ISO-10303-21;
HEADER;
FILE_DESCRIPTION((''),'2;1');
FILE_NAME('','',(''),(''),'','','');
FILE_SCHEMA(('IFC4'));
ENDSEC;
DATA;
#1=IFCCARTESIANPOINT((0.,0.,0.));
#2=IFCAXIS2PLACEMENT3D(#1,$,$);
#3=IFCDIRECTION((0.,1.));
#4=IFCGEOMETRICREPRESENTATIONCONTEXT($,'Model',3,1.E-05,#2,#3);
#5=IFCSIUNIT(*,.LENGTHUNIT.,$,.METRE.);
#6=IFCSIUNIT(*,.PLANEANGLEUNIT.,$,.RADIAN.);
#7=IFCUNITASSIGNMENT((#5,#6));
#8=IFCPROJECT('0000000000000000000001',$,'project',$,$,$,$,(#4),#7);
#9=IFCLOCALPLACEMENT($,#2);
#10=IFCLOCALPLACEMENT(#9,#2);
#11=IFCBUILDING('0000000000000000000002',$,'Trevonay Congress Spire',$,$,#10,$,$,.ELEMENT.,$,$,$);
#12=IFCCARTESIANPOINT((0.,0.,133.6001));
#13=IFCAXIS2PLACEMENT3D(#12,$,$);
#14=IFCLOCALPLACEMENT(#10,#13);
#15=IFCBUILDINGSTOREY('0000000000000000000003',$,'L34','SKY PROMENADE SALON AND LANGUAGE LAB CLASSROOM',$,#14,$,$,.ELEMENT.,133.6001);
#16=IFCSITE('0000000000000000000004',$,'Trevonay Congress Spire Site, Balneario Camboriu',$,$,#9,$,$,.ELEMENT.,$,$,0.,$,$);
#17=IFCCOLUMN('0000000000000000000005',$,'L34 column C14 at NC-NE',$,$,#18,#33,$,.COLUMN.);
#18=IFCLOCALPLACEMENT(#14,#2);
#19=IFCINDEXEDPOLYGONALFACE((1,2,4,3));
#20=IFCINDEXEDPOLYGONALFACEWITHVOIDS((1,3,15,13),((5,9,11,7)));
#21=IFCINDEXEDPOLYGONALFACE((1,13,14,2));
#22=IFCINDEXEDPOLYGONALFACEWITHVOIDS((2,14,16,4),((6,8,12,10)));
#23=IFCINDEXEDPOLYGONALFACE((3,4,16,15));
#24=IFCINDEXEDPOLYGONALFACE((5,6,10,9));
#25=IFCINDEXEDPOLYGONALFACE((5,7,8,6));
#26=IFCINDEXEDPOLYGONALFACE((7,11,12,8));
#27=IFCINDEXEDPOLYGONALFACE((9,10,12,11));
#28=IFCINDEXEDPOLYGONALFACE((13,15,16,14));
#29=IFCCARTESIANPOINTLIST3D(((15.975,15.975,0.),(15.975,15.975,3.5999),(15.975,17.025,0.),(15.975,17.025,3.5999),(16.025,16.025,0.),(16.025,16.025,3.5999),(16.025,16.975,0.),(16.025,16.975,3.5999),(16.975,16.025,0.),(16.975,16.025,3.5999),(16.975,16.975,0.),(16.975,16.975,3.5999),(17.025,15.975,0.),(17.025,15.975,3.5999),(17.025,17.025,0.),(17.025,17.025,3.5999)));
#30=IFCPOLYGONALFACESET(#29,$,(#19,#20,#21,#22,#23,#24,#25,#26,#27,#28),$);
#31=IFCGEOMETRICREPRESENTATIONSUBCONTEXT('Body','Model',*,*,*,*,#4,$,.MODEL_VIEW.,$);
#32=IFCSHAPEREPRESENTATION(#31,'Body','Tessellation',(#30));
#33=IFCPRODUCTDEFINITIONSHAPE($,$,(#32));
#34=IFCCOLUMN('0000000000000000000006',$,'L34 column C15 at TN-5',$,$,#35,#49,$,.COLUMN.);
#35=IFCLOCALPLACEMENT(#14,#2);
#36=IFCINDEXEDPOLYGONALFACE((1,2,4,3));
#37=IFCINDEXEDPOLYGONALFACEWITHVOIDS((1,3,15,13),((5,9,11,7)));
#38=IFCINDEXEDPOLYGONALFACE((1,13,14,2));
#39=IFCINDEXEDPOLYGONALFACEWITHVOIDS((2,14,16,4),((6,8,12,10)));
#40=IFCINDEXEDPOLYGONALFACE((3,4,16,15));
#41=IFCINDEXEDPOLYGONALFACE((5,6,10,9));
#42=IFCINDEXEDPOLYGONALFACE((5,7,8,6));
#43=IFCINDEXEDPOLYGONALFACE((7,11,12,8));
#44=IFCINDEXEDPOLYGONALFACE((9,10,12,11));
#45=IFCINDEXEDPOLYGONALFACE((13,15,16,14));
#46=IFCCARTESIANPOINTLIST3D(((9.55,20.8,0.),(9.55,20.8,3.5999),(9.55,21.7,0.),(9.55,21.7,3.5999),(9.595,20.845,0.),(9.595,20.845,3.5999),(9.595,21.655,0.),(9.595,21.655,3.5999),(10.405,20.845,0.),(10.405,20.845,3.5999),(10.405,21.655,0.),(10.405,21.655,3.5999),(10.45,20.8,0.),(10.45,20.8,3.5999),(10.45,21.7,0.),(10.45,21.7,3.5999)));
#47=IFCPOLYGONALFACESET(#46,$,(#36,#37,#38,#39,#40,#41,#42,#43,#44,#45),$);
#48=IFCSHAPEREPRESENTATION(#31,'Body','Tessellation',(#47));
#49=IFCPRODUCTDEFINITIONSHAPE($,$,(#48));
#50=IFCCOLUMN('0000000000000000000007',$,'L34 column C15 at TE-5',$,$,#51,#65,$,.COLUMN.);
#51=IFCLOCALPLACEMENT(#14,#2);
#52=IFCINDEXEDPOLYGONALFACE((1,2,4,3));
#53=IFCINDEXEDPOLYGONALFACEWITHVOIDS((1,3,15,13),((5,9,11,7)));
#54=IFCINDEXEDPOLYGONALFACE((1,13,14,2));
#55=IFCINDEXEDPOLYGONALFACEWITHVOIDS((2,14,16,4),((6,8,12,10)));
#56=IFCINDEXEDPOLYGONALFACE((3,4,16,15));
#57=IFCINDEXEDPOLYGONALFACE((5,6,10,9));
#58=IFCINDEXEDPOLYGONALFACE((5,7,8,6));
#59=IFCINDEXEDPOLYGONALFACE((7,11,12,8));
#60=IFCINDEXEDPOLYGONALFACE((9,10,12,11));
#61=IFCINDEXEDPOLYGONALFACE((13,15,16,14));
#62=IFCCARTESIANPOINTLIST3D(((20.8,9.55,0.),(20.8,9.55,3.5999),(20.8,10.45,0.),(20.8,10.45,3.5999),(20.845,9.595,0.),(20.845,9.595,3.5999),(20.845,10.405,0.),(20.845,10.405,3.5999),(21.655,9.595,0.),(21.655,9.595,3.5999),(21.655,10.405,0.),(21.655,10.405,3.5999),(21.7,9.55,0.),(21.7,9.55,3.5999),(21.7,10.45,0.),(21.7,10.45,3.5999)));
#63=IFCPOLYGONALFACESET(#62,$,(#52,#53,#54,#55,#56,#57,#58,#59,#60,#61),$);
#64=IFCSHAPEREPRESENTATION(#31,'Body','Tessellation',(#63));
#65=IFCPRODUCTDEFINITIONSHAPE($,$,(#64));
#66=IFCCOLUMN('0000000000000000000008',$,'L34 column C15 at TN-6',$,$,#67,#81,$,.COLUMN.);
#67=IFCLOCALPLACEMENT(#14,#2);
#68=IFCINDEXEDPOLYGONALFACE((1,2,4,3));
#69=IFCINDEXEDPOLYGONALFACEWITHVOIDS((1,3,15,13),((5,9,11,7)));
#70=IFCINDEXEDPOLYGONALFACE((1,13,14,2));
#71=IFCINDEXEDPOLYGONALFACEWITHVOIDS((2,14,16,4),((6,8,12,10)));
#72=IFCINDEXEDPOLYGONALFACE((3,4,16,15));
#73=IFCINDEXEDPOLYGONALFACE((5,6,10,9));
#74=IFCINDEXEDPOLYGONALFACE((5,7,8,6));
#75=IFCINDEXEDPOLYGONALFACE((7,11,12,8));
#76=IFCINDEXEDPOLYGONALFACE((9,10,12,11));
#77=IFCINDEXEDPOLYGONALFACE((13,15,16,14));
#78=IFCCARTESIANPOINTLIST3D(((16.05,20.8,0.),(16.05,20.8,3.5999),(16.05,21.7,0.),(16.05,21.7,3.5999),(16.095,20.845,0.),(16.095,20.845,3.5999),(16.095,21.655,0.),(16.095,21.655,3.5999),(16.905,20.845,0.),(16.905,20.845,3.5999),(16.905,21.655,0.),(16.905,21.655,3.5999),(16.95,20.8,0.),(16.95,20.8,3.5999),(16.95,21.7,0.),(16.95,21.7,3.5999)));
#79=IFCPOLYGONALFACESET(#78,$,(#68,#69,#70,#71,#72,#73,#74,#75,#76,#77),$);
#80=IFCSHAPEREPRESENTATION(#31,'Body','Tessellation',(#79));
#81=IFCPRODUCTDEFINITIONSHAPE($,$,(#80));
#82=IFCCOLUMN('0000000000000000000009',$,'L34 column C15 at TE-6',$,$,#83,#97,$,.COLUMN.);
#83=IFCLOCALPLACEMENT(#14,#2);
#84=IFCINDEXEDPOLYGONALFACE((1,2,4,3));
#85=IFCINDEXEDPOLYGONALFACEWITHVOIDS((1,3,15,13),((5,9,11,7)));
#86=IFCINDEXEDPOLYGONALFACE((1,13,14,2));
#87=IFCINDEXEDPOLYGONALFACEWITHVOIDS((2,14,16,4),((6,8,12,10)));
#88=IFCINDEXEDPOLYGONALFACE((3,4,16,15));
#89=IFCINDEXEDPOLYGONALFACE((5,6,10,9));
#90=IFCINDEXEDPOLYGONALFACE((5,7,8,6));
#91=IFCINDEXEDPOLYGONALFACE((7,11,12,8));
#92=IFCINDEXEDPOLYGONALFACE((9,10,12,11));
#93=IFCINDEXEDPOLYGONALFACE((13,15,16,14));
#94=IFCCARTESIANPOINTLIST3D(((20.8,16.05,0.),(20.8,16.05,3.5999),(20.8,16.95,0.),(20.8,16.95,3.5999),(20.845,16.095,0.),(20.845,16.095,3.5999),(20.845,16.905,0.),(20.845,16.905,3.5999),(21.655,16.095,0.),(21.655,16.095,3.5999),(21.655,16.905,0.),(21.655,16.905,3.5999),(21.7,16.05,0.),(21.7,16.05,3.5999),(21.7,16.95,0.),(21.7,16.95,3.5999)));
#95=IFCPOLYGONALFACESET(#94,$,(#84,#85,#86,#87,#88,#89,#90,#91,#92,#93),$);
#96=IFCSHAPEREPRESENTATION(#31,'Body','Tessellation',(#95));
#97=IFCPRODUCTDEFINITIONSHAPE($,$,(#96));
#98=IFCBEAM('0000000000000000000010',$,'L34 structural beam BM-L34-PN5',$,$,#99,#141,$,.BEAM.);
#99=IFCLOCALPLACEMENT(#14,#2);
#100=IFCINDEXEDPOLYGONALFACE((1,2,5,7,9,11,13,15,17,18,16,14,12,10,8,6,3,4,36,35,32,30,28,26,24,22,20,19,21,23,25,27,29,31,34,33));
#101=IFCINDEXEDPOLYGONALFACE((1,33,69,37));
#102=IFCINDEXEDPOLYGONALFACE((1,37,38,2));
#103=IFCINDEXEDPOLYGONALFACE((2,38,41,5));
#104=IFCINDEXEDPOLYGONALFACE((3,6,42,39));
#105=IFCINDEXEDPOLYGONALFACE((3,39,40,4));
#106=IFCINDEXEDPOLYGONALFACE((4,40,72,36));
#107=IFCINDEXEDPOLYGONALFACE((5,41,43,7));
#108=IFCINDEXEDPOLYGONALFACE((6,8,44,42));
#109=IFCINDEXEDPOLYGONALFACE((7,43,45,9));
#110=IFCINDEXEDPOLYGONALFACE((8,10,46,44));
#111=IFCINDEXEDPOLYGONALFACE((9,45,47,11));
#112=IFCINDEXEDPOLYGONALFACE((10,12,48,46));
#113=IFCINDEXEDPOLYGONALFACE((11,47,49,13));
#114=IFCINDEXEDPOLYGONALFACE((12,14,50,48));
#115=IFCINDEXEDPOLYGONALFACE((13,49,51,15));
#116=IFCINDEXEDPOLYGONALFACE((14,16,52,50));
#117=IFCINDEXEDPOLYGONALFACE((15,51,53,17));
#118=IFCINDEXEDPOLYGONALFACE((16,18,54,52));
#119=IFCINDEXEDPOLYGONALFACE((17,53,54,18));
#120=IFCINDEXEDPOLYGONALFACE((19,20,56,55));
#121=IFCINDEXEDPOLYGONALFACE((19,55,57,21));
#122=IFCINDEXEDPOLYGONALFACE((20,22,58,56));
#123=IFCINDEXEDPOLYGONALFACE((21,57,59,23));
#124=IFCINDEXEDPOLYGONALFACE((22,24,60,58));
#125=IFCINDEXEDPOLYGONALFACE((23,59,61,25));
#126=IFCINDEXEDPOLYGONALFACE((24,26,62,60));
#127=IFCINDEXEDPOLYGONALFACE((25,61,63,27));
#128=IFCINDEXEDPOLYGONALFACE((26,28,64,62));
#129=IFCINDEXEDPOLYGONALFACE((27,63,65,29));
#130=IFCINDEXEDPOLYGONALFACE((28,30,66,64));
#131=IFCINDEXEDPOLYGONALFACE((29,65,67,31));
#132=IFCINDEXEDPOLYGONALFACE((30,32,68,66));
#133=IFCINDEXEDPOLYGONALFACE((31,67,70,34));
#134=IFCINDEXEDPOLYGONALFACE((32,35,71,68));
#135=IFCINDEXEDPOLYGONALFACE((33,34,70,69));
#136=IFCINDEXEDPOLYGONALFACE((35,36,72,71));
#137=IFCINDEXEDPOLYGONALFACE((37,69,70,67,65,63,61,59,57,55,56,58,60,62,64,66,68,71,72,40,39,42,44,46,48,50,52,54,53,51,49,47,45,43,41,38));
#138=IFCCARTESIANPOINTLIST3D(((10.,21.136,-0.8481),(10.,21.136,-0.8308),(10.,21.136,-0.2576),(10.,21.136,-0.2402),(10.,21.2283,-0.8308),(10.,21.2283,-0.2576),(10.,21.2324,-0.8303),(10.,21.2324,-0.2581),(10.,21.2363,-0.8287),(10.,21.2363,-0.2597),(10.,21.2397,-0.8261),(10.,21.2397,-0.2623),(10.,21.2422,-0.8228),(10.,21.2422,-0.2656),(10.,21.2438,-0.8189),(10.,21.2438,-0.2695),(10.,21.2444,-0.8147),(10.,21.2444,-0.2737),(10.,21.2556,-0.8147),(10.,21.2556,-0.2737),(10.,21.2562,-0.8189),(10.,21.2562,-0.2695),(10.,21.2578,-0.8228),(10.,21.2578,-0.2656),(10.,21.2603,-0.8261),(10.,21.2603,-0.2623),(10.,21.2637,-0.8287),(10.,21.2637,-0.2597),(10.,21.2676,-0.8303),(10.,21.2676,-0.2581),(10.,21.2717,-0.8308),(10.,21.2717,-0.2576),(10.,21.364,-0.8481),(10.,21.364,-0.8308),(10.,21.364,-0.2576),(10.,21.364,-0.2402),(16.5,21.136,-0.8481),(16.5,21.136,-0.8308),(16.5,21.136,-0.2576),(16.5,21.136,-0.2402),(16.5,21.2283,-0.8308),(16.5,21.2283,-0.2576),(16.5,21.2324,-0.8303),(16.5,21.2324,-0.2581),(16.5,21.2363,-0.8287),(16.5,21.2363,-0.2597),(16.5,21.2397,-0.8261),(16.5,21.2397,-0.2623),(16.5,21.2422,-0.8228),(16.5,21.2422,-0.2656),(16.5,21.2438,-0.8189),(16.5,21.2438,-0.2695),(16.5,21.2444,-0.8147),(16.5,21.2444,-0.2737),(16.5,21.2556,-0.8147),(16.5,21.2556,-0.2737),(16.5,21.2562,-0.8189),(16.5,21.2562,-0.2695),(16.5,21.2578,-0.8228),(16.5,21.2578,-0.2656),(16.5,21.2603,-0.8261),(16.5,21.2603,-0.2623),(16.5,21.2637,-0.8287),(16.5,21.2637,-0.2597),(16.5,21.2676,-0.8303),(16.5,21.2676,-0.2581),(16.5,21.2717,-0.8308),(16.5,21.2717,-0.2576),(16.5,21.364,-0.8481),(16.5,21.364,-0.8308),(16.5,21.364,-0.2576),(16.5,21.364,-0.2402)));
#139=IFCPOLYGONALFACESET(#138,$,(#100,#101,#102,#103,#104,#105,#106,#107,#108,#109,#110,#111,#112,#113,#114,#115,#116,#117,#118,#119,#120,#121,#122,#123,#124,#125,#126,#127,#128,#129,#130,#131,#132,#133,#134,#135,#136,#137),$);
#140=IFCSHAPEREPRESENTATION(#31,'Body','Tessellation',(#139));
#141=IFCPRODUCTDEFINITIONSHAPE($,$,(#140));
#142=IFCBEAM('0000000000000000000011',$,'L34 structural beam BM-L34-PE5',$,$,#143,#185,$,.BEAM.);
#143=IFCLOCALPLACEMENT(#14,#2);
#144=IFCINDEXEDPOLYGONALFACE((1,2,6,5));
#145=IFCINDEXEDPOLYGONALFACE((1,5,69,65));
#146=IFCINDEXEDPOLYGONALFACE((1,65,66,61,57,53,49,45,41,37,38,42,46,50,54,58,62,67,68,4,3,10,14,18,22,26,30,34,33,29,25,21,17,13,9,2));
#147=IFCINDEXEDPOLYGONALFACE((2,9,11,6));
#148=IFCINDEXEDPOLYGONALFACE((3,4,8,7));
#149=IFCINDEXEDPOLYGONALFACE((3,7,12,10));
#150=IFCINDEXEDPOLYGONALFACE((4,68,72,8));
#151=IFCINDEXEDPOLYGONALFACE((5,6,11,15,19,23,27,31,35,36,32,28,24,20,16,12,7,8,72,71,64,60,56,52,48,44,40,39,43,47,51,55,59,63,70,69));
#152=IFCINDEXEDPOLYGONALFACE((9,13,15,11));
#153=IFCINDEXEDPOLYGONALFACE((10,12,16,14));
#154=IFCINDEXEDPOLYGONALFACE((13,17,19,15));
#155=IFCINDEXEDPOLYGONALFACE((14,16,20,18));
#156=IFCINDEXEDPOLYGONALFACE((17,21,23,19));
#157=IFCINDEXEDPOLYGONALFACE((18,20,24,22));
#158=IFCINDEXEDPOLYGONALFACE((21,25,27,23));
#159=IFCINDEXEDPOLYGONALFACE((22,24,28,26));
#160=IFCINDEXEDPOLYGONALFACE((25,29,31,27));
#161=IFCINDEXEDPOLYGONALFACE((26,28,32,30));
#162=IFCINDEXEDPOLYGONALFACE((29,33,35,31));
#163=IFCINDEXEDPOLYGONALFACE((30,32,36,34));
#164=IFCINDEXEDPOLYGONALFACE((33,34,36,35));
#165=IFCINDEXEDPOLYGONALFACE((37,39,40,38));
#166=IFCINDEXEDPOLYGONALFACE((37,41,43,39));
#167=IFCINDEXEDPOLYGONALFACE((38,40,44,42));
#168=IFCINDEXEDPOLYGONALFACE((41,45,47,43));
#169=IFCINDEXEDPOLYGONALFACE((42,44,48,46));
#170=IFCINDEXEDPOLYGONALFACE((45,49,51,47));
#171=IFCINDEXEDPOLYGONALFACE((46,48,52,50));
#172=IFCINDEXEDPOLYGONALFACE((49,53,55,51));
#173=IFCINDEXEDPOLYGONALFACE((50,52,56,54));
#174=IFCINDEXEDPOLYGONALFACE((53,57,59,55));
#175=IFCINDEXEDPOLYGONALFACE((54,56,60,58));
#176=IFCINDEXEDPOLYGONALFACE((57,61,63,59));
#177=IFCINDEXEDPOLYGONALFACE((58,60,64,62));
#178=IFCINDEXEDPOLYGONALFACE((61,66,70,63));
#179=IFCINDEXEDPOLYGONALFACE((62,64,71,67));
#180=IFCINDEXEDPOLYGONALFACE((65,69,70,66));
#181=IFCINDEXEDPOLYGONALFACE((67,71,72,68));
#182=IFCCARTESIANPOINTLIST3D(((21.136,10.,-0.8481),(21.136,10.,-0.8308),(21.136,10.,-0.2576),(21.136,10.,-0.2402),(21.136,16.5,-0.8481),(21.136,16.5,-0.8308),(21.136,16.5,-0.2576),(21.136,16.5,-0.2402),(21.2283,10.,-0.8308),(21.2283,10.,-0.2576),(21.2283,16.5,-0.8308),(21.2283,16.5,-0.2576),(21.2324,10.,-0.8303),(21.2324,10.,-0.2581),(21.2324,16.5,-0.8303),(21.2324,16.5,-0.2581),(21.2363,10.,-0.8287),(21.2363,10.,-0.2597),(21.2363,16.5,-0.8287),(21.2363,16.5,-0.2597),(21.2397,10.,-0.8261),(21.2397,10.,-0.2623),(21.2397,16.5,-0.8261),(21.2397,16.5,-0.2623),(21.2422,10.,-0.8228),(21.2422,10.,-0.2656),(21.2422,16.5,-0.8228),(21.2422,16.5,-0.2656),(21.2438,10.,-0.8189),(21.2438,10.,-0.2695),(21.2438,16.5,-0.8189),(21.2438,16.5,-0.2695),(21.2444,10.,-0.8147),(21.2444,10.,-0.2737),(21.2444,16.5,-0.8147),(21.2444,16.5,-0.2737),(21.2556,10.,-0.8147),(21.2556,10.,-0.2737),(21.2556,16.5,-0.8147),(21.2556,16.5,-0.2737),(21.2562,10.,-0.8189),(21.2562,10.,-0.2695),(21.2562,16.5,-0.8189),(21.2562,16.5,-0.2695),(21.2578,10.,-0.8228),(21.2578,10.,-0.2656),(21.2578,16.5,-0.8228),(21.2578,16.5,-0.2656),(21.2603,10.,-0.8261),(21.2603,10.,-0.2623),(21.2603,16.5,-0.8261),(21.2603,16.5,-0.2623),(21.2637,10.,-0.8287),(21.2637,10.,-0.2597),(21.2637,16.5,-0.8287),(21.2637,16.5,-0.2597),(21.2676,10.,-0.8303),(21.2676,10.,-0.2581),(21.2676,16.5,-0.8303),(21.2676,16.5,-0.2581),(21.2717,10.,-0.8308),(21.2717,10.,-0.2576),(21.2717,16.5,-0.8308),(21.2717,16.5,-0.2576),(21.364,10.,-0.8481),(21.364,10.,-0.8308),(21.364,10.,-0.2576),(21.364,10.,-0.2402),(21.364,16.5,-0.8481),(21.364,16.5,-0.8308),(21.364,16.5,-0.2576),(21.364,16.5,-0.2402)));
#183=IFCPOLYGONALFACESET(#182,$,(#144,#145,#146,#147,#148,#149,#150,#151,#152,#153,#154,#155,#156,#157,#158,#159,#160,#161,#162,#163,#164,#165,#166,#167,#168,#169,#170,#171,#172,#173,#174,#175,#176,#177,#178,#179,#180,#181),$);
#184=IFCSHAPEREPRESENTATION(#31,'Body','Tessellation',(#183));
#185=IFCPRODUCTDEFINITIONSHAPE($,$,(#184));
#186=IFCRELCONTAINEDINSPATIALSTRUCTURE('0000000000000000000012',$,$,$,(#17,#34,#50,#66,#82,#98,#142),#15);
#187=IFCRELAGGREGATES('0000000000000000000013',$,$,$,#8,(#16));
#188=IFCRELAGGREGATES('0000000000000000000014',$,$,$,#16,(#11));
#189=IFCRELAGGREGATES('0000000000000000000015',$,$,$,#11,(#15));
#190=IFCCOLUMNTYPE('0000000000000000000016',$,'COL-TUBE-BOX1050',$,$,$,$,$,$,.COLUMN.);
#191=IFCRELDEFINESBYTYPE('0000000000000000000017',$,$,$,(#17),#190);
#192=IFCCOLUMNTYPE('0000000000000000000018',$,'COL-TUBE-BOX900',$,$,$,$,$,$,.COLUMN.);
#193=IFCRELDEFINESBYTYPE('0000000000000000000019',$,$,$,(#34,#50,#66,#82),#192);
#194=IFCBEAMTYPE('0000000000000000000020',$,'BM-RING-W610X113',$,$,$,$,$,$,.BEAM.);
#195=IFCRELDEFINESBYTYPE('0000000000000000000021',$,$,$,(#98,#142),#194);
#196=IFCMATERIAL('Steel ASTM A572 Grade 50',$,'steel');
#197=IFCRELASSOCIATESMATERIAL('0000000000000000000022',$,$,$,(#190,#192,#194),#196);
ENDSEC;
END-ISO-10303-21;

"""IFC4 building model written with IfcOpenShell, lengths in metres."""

from ifc_helpers import new_model, si_unit, direction, frame, origin, origin_2d, place, context, subcontext, project, spatial, hollow_rectangle, i_section, extrude, material, material_profile, profile_set, type_object, element, save


model = new_model("IFC4")

# Units and contexts
model_context = context("Model", 3, precision=1e-05, world=origin(), true_north=direction((0.0, 1.0)))
body_context = subcontext(model_context, "Body", "Model", "MODEL_VIEW")
ifc_project = project(units=[si_unit("LENGTHUNIT", "METRE"), si_unit("PLANEANGLEUNIT", "RADIAN")], contexts=[model_context])

# Site, building, storey
site_placement = place(None, origin())
site = spatial("IfcSite", under=ifc_project, at=site_placement, Name="Trevonay Congress Spire Site, Balneario Camboriu", CompositionType="ELEMENT", RefElevation=0.0)
building_placement = place(site_placement, origin())
building = spatial("IfcBuilding", under=site, at=building_placement, Name="Trevonay Congress Spire", CompositionType="ELEMENT")
storey_placement = place(building_placement, frame((0.0, 0.0, 133.6001)))
storey = spatial("IfcBuildingStorey", under=building, at=storey_placement, Name="L34", Description="SKY PROMENADE SALON AND LANGUAGE LAB CLASSROOM", CompositionType="ELEMENT", Elevation=133.6001)

# Columns
ifc_material_1 = material(Name="Steel ASTM A572 Grade 50", Category="steel")
ifc_material_profile_1 = material_profile(ifc_material_1, hollow_rectangle(XDim=1.05, YDim=1.05, WallThickness=0.05, at=origin_2d()), Name="BOX 1050x1050x50")
ifc_profile_set_1 = profile_set([ifc_material_profile_1], Name="Steel ASTM A572 Grade 50")
column_type_1 = type_object("IfcColumnType", Name="COL-TUBE-BOX1050", PredefinedType="COLUMN", material=ifc_profile_set_1)
column_placement = place(storey_placement, frame((16.5, 16.5, 0.0), z_axis=(0.0, 0.0, 1.0), x_axis=(1.0, 0.0, 0.0)))
element("IfcColumn", 1, at=column_placement, inside=storey, type_object=column_type_1, Name="L34 column C14 at NC-NE", PredefinedType="COLUMN", context=body_context, shape_type="SweptSolid", body=[
    extrude(hollow_rectangle(XDim=1.05, YDim=1.05, WallThickness=0.05, at=origin_2d()), origin(), (0.0, 0.0, 1.0), 3.5999),
])
ifc_material_profile_2 = material_profile(ifc_material_1, hollow_rectangle(XDim=0.8999, YDim=0.8999, WallThickness=0.0449, at=origin_2d()), Name="BOX 900x900x45")
ifc_profile_set_2 = profile_set([ifc_material_profile_2], Name="Steel ASTM A572 Grade 50")
column_type_2 = type_object("IfcColumnType", Name="COL-TUBE-BOX900", PredefinedType="COLUMN", material=ifc_profile_set_2)
for number, where, z_axis, x_axis, name in (
    (2, (10.0, 21.25, 0.0), (0.0, 0.0, 1.0), (1.0, 0.0, 0.0), "L34 column C15 at TN-5"),
    (3, (21.25, 10.0, 0.0), (0.0, 0.0, 1.0), (1.0, 0.0, 0.0), "L34 column C15 at TE-5"),
    (4, (16.5, 21.25, 0.0), (0.0, 0.0, 1.0), (1.0, 0.0, 0.0), "L34 column C15 at TN-6"),
    (5, (21.25, 16.5, 0.0), (0.0, 0.0, 1.0), (1.0, 0.0, 0.0), "L34 column C15 at TE-6"),
):
    element("IfcColumn", number, at=place(storey_placement, frame(where, z_axis=z_axis, x_axis=x_axis)), inside=storey, type_object=column_type_2, Name=name, PredefinedType="COLUMN", context=body_context, shape_type="SweptSolid", body=[
        extrude(hollow_rectangle(XDim=0.8999, YDim=0.8999, WallThickness=0.0449, at=origin_2d()), origin(), (0.0, 0.0, 1.0), 3.5999),
    ])

# Beams
ifc_material_profile_3 = material_profile(ifc_material_1, i_section(OverallWidth=0.228, OverallDepth=0.6079, WebThickness=0.0112, FlangeThickness=0.0173, FilletRadius=0.0161, at=origin_2d()), Name="W610x113")
ifc_profile_set_3 = profile_set([ifc_material_profile_3], Name="Steel ASTM A572 Grade 50")
beam_type = type_object("IfcBeamType", Name="BM-RING-W610X113", PredefinedType="BEAM", material=ifc_profile_set_3)
for number, where, z_axis, x_axis, name in (
    (6, (10.0, 21.25, -0.5442), (1.0, 0.0, 0.0), (0.0, 1.0, 0.0), "L34 structural beam BM-L34-PN5"),
    (7, (21.25, 10.0, -0.5442), (0.0, 1.0, 0.0), (-1.0, 0.0, 0.0), "L34 structural beam BM-L34-PE5"),
):
    element("IfcBeam", number, at=place(storey_placement, frame(where, z_axis=z_axis, x_axis=x_axis)), inside=storey, type_object=beam_type, Name=name, PredefinedType="BEAM", context=body_context, shape_type="SweptSolid", body=[
        extrude(i_section(OverallWidth=0.228, OverallDepth=0.6079, WebThickness=0.0112, FlangeThickness=0.0173, FilletRadius=0.0161, at=origin_2d()), origin(), (0.0, 0.0, 1.0), 6.5),
    ])

save(model, "model.ifc")
